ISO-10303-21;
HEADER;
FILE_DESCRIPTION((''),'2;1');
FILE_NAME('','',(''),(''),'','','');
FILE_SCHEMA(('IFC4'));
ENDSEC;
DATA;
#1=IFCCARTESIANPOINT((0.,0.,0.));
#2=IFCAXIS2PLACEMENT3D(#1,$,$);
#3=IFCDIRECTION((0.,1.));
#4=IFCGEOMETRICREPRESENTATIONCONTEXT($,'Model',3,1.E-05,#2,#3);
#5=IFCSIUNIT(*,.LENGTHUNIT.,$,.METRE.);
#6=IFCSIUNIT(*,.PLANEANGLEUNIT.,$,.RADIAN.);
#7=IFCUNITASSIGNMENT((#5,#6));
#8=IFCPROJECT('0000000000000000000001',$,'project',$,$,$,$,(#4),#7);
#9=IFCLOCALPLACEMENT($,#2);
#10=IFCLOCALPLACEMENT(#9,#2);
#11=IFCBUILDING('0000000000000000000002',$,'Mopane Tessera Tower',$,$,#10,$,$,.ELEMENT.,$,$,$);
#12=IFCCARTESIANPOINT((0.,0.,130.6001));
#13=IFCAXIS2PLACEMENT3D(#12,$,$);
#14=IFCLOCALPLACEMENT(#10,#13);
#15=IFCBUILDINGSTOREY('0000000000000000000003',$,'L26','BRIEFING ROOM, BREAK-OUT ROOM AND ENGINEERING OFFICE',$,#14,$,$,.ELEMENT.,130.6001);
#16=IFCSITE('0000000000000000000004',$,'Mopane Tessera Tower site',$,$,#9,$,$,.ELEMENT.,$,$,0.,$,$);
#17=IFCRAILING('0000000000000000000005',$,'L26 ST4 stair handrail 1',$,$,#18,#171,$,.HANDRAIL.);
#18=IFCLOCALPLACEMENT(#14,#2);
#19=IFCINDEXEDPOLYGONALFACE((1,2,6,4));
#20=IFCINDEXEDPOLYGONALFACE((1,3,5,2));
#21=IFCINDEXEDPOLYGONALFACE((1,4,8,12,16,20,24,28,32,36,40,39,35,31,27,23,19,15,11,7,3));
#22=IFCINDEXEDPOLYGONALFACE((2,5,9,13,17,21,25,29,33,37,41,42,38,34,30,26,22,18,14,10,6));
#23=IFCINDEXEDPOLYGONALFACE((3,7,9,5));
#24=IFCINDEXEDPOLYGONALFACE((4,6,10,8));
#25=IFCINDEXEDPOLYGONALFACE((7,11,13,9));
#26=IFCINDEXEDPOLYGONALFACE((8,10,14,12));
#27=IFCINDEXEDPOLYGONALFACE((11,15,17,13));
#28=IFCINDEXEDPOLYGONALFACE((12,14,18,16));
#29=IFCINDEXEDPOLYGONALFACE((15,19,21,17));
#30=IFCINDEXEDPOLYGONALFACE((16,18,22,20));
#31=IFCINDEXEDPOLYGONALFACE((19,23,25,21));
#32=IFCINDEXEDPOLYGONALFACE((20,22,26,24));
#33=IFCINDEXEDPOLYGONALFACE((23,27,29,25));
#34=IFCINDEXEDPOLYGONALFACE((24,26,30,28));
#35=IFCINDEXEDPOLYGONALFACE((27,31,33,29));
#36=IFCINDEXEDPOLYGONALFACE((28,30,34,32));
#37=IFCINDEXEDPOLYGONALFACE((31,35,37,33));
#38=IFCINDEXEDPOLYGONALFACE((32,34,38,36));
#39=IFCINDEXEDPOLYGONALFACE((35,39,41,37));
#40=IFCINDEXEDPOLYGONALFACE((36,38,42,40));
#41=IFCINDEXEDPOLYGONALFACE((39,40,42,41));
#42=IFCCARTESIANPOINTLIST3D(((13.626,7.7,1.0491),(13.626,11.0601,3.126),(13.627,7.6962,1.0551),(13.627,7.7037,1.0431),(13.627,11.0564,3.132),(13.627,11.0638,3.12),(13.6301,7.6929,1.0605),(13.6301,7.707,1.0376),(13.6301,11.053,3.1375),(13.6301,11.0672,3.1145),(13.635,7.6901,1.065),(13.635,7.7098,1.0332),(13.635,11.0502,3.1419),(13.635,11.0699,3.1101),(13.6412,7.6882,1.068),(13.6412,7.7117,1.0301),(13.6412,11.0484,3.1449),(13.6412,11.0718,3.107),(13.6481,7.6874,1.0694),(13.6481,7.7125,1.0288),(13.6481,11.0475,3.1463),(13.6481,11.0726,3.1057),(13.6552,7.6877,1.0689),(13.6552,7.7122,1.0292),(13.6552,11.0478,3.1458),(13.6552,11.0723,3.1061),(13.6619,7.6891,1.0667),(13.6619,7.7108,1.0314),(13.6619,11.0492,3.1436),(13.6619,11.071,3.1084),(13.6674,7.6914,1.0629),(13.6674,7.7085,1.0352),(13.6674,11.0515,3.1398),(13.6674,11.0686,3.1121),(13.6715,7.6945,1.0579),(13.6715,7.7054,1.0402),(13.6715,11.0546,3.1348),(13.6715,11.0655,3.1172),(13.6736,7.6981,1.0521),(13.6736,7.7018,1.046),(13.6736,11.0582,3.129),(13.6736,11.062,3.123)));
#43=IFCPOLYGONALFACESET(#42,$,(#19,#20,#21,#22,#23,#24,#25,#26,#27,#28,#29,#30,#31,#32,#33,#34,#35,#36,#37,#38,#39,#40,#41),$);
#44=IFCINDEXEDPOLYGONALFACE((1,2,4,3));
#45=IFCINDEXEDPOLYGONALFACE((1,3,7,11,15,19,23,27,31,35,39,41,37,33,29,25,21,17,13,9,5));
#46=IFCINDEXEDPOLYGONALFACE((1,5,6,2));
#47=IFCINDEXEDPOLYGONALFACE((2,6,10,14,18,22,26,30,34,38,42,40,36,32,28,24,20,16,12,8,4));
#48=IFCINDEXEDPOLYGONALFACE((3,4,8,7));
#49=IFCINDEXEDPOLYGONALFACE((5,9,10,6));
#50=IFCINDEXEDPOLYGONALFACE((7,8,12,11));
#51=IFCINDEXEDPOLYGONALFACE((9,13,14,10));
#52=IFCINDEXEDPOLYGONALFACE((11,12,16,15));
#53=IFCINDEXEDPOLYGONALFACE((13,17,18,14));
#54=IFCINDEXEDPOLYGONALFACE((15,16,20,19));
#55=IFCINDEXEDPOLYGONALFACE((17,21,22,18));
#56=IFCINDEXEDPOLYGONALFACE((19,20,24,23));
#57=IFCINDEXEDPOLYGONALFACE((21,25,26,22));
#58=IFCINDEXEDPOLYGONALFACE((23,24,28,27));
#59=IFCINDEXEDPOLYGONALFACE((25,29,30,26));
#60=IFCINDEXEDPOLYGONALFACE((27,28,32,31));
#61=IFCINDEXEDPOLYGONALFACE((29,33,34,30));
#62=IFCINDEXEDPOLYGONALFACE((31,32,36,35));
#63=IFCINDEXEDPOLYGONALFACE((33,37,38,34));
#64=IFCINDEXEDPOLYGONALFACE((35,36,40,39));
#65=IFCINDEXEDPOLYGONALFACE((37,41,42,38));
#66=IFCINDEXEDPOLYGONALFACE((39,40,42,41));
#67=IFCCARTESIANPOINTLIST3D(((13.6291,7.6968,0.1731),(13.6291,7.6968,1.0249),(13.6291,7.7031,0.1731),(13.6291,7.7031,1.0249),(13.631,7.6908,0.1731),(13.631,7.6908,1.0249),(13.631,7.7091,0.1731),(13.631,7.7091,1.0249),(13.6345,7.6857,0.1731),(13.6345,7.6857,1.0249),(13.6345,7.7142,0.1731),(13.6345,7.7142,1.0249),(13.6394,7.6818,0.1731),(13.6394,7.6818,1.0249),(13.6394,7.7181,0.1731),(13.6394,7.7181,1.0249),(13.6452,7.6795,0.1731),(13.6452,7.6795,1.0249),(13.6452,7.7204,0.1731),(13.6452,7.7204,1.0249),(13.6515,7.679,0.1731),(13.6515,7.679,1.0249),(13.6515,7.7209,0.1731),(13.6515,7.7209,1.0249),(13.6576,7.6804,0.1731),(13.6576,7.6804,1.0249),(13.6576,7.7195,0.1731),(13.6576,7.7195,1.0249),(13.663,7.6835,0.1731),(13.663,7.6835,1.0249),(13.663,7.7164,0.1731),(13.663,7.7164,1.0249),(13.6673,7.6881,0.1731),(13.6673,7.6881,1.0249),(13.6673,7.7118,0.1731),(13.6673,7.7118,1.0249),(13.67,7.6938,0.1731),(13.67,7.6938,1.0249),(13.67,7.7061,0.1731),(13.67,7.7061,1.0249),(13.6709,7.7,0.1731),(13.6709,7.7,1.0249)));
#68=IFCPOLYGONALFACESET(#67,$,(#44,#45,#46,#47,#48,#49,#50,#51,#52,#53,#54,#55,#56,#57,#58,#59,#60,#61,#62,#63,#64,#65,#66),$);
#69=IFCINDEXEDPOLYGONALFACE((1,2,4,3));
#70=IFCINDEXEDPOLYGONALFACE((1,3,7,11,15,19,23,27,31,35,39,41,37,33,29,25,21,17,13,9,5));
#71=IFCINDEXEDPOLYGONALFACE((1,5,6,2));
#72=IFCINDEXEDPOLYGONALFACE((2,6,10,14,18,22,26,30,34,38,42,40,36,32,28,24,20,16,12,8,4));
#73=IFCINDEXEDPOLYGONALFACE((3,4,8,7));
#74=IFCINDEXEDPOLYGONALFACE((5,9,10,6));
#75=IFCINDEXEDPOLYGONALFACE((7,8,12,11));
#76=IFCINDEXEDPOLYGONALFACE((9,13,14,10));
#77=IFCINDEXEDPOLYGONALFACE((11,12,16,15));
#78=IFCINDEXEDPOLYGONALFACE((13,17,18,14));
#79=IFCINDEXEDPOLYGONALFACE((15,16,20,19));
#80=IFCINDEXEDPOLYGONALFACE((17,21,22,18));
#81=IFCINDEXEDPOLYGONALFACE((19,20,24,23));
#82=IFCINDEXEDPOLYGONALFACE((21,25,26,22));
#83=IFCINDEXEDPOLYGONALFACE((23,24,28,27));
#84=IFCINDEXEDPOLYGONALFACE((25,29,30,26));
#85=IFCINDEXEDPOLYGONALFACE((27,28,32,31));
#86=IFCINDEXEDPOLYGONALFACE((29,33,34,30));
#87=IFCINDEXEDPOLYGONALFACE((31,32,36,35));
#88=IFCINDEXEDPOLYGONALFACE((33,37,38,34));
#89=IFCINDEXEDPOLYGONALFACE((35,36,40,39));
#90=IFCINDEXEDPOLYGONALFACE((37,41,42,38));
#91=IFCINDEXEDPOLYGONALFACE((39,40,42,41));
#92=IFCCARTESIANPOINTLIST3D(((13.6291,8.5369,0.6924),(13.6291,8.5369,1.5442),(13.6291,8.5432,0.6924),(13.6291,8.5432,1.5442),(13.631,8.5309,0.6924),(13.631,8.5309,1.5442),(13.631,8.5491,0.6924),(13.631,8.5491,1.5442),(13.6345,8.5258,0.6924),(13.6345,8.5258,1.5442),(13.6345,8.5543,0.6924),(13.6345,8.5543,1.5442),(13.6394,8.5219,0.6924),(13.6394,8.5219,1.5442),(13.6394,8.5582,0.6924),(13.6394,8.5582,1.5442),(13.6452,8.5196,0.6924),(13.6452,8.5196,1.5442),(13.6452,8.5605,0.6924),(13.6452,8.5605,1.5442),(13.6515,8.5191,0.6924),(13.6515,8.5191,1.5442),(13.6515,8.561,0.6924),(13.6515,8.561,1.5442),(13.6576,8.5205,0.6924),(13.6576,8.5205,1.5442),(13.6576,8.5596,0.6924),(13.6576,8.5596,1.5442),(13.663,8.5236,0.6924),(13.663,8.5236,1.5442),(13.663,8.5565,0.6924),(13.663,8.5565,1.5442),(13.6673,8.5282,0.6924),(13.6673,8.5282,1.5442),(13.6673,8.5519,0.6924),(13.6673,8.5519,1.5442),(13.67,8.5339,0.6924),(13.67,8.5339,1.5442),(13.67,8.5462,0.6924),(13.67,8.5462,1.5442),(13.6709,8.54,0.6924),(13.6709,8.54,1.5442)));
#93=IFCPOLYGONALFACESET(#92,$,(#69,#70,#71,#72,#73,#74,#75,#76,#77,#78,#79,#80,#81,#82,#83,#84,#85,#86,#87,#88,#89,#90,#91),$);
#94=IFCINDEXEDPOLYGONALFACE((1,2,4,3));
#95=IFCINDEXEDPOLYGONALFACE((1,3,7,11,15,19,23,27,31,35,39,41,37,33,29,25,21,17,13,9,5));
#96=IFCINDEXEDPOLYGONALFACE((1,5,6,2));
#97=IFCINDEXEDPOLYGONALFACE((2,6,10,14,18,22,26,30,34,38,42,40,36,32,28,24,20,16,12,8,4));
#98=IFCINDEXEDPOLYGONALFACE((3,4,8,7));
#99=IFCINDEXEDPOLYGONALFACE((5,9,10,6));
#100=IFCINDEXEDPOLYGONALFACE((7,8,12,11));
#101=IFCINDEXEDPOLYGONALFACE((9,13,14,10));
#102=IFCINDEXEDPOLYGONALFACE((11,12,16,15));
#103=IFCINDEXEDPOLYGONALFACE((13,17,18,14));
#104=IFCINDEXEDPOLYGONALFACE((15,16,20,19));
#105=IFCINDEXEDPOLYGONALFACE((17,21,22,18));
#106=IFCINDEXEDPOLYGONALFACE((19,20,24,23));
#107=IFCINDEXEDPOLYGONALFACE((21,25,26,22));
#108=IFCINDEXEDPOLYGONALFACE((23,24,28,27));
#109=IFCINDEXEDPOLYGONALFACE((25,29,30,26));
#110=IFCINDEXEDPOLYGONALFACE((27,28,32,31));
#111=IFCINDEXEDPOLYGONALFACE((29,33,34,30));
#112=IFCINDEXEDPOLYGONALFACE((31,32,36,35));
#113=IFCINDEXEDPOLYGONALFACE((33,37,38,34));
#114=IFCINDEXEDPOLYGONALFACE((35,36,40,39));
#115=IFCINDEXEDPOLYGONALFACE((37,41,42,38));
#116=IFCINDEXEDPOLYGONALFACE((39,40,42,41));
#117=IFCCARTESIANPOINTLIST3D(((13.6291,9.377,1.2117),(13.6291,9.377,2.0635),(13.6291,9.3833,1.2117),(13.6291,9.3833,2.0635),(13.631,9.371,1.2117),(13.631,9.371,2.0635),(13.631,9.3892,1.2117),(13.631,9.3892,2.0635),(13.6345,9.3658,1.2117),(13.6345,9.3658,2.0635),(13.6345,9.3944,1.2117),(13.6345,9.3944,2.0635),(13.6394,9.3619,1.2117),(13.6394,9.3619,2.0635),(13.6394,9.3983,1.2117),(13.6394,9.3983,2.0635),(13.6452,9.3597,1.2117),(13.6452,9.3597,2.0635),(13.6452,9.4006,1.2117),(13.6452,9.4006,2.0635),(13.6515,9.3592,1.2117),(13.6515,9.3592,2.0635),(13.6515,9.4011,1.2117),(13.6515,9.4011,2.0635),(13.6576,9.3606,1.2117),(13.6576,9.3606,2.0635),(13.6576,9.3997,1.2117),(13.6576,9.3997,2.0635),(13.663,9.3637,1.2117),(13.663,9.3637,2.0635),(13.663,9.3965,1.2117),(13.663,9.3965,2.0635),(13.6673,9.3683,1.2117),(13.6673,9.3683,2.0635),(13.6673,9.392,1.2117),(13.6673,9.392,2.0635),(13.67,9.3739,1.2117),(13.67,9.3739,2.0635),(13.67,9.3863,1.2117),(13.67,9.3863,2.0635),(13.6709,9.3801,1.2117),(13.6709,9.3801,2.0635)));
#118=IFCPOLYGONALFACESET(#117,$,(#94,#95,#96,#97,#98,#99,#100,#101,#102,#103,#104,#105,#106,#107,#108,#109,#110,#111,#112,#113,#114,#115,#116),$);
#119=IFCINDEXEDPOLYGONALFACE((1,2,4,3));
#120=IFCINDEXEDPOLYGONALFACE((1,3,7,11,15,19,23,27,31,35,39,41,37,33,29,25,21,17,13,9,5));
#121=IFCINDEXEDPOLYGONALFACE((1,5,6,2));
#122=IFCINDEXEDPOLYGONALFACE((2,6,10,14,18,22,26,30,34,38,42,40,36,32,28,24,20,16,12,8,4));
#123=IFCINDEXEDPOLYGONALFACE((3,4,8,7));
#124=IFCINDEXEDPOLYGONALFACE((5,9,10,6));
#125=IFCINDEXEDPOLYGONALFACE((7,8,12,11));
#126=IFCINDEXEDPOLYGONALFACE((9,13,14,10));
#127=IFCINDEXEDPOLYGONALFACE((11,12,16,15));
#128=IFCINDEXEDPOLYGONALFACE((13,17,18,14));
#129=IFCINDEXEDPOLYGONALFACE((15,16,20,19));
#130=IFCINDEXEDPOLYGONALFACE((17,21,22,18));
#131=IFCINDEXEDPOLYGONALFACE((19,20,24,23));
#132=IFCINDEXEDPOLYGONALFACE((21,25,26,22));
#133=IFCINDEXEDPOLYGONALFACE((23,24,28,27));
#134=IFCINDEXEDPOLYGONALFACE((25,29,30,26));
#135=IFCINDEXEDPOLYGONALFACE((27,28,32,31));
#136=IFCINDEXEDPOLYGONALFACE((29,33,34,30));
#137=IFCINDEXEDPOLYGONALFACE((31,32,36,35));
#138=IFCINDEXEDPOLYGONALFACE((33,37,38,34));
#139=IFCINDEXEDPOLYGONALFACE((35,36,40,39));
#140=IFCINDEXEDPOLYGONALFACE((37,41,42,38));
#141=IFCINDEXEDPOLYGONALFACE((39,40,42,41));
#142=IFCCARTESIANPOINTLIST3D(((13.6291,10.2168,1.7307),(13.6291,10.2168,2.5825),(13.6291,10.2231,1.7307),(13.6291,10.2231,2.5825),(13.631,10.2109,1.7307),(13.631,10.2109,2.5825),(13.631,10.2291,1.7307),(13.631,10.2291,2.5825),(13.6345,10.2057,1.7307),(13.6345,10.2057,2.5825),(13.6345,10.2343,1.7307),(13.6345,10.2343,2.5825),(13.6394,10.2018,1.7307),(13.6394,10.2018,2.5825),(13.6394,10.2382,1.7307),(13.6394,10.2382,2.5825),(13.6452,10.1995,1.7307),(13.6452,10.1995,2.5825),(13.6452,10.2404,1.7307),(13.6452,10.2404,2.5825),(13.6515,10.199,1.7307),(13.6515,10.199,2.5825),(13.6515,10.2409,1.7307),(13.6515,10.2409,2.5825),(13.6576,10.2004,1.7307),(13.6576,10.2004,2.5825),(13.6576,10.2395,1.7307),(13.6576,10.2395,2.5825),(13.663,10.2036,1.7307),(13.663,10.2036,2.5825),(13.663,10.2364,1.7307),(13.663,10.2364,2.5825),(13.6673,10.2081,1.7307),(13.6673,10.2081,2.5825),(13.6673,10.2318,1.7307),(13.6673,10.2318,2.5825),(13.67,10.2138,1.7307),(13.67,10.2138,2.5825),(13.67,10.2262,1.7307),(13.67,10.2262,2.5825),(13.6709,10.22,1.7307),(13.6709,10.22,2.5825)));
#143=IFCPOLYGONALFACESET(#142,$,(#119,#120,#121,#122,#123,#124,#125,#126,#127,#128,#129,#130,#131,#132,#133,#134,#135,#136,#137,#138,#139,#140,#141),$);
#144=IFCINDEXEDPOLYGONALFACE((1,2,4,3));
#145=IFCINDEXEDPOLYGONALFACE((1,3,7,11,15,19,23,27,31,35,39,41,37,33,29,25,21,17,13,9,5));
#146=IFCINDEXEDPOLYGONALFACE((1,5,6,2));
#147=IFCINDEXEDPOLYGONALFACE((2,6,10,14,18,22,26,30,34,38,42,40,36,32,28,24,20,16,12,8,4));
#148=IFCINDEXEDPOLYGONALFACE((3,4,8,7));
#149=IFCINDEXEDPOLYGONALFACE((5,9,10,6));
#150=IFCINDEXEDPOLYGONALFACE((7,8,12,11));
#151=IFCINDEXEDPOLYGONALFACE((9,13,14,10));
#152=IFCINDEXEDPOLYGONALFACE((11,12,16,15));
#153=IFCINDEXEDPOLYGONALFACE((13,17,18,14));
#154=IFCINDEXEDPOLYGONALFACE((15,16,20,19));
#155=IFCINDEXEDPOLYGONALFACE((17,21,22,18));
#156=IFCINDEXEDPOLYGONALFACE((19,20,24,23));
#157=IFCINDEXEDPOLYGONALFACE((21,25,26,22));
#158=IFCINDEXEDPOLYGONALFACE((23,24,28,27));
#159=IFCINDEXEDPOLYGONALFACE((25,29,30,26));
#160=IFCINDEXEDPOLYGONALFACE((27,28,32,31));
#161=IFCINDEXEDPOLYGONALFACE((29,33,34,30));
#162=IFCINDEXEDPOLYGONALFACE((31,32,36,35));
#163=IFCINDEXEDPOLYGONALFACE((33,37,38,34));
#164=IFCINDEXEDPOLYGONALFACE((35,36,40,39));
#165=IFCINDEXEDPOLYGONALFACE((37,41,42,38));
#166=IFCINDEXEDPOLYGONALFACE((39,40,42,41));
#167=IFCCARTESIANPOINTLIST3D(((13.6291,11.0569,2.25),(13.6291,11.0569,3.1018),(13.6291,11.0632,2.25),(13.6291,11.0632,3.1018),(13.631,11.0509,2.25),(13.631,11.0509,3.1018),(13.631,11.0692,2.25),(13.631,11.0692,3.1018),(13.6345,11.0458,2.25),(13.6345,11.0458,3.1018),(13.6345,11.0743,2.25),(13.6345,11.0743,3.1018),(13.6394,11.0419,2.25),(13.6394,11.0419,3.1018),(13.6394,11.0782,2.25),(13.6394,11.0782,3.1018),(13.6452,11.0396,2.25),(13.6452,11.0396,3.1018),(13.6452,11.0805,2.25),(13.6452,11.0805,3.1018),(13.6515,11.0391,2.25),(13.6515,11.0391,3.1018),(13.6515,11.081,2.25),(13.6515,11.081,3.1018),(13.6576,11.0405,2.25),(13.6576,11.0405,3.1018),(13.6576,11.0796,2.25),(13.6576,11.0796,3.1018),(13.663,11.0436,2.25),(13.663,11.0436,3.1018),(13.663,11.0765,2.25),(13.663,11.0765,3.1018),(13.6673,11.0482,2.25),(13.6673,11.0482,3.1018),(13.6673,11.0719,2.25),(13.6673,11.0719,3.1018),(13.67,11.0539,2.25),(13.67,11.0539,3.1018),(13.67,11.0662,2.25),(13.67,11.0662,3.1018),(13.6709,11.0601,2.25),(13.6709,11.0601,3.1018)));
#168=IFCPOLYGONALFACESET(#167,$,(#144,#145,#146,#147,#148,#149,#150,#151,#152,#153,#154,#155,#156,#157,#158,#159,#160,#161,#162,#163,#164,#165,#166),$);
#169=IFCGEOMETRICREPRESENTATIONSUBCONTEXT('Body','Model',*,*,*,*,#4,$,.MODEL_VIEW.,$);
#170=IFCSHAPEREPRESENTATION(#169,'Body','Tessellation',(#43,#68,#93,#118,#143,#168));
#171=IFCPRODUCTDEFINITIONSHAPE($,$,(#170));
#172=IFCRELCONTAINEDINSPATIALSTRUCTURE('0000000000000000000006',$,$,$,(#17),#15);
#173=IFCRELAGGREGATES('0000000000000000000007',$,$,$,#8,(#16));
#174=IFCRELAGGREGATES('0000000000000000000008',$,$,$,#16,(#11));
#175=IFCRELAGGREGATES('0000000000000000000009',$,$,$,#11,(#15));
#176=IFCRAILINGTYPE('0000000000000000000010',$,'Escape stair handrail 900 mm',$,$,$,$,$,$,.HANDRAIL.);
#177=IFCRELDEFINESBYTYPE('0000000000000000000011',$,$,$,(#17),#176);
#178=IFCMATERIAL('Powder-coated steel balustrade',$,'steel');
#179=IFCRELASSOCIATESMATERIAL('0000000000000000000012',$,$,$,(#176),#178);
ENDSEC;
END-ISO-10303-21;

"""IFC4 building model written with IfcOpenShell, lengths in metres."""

from ifc_helpers import new_model, si_unit, direction, frame, origin, origin_2d, place, context, subcontext, project, spatial, circle, extrude, material, type_object, element, save


model = new_model("IFC4")

# Units and contexts
model_context = context("Model", 3, precision=1e-05, world=origin(), true_north=direction((0.0, 1.0)))
body_context = subcontext(model_context, "Body", "Model", "MODEL_VIEW")
ifc_project = project(units=[si_unit("LENGTHUNIT", "METRE"), si_unit("PLANEANGLEUNIT", "RADIAN")], contexts=[model_context])

# Site, building, storey
site_placement = place(None, origin())
site = spatial("IfcSite", under=ifc_project, at=site_placement, Name="Mopane Tessera Tower site", CompositionType="ELEMENT", RefElevation=0.0)
building_placement = place(site_placement, origin())
building = spatial("IfcBuilding", under=site, at=building_placement, Name="Mopane Tessera Tower", CompositionType="ELEMENT")
storey_placement = place(building_placement, frame((0.0, 0.0, 130.6001)))
storey = spatial("IfcBuildingStorey", under=building, at=storey_placement, Name="L26", Description="BRIEFING ROOM, BREAK-OUT ROOM AND ENGINEERING OFFICE", CompositionType="ELEMENT", Elevation=130.6001)

# Railing
ifc_material_1 = material(Name="Powder-coated steel balustrade", Category="steel")
railing_type_1 = type_object("IfcRailingType", Name="Escape stair handrail 900 mm", PredefinedType="HANDRAIL", material=ifc_material_1)
railing_1_placement = place(storey_placement, frame((13.6499, 7.7, 0.1731)))
element("IfcRailing", 1, at=railing_1_placement, inside=storey, type_object=railing_type_1, Name="L26 ST4 stair handrail 1", PredefinedType="HANDRAIL", context=body_context, shape_type="SweptSolid", body=[
    extrude(circle(Radius=0.0239, at=origin_2d()), frame((0.0, 0.0, 0.876), z_axis=(0.0, 0.850623, 0.525776), x_axis=(-1.0, 0.0, 0.0)), (0.0, 0.0, 1.0), 3.9502),
    extrude(circle(Radius=0.021, at=origin_2d()), origin(), (0.0, 0.0, 1.0), 0.8518),
    extrude(circle(Radius=0.021, at=origin_2d()), frame((0.0, 0.8401, 0.5193)), (0.0, 0.0, 1.0), 0.8518),
    extrude(circle(Radius=0.021, at=origin_2d()), frame((0.0, 1.6802, 1.0386)), (0.0, 0.0, 1.0), 0.8518),
    extrude(circle(Radius=0.021, at=origin_2d()), frame((0.0, 2.52, 1.5576)), (0.0, 0.0, 1.0), 0.8518),
    extrude(circle(Radius=0.021, at=origin_2d()), frame((0.0, 3.3601, 2.0769)), (0.0, 0.0, 1.0), 0.8518),
])

save(model, "model.ifc")
